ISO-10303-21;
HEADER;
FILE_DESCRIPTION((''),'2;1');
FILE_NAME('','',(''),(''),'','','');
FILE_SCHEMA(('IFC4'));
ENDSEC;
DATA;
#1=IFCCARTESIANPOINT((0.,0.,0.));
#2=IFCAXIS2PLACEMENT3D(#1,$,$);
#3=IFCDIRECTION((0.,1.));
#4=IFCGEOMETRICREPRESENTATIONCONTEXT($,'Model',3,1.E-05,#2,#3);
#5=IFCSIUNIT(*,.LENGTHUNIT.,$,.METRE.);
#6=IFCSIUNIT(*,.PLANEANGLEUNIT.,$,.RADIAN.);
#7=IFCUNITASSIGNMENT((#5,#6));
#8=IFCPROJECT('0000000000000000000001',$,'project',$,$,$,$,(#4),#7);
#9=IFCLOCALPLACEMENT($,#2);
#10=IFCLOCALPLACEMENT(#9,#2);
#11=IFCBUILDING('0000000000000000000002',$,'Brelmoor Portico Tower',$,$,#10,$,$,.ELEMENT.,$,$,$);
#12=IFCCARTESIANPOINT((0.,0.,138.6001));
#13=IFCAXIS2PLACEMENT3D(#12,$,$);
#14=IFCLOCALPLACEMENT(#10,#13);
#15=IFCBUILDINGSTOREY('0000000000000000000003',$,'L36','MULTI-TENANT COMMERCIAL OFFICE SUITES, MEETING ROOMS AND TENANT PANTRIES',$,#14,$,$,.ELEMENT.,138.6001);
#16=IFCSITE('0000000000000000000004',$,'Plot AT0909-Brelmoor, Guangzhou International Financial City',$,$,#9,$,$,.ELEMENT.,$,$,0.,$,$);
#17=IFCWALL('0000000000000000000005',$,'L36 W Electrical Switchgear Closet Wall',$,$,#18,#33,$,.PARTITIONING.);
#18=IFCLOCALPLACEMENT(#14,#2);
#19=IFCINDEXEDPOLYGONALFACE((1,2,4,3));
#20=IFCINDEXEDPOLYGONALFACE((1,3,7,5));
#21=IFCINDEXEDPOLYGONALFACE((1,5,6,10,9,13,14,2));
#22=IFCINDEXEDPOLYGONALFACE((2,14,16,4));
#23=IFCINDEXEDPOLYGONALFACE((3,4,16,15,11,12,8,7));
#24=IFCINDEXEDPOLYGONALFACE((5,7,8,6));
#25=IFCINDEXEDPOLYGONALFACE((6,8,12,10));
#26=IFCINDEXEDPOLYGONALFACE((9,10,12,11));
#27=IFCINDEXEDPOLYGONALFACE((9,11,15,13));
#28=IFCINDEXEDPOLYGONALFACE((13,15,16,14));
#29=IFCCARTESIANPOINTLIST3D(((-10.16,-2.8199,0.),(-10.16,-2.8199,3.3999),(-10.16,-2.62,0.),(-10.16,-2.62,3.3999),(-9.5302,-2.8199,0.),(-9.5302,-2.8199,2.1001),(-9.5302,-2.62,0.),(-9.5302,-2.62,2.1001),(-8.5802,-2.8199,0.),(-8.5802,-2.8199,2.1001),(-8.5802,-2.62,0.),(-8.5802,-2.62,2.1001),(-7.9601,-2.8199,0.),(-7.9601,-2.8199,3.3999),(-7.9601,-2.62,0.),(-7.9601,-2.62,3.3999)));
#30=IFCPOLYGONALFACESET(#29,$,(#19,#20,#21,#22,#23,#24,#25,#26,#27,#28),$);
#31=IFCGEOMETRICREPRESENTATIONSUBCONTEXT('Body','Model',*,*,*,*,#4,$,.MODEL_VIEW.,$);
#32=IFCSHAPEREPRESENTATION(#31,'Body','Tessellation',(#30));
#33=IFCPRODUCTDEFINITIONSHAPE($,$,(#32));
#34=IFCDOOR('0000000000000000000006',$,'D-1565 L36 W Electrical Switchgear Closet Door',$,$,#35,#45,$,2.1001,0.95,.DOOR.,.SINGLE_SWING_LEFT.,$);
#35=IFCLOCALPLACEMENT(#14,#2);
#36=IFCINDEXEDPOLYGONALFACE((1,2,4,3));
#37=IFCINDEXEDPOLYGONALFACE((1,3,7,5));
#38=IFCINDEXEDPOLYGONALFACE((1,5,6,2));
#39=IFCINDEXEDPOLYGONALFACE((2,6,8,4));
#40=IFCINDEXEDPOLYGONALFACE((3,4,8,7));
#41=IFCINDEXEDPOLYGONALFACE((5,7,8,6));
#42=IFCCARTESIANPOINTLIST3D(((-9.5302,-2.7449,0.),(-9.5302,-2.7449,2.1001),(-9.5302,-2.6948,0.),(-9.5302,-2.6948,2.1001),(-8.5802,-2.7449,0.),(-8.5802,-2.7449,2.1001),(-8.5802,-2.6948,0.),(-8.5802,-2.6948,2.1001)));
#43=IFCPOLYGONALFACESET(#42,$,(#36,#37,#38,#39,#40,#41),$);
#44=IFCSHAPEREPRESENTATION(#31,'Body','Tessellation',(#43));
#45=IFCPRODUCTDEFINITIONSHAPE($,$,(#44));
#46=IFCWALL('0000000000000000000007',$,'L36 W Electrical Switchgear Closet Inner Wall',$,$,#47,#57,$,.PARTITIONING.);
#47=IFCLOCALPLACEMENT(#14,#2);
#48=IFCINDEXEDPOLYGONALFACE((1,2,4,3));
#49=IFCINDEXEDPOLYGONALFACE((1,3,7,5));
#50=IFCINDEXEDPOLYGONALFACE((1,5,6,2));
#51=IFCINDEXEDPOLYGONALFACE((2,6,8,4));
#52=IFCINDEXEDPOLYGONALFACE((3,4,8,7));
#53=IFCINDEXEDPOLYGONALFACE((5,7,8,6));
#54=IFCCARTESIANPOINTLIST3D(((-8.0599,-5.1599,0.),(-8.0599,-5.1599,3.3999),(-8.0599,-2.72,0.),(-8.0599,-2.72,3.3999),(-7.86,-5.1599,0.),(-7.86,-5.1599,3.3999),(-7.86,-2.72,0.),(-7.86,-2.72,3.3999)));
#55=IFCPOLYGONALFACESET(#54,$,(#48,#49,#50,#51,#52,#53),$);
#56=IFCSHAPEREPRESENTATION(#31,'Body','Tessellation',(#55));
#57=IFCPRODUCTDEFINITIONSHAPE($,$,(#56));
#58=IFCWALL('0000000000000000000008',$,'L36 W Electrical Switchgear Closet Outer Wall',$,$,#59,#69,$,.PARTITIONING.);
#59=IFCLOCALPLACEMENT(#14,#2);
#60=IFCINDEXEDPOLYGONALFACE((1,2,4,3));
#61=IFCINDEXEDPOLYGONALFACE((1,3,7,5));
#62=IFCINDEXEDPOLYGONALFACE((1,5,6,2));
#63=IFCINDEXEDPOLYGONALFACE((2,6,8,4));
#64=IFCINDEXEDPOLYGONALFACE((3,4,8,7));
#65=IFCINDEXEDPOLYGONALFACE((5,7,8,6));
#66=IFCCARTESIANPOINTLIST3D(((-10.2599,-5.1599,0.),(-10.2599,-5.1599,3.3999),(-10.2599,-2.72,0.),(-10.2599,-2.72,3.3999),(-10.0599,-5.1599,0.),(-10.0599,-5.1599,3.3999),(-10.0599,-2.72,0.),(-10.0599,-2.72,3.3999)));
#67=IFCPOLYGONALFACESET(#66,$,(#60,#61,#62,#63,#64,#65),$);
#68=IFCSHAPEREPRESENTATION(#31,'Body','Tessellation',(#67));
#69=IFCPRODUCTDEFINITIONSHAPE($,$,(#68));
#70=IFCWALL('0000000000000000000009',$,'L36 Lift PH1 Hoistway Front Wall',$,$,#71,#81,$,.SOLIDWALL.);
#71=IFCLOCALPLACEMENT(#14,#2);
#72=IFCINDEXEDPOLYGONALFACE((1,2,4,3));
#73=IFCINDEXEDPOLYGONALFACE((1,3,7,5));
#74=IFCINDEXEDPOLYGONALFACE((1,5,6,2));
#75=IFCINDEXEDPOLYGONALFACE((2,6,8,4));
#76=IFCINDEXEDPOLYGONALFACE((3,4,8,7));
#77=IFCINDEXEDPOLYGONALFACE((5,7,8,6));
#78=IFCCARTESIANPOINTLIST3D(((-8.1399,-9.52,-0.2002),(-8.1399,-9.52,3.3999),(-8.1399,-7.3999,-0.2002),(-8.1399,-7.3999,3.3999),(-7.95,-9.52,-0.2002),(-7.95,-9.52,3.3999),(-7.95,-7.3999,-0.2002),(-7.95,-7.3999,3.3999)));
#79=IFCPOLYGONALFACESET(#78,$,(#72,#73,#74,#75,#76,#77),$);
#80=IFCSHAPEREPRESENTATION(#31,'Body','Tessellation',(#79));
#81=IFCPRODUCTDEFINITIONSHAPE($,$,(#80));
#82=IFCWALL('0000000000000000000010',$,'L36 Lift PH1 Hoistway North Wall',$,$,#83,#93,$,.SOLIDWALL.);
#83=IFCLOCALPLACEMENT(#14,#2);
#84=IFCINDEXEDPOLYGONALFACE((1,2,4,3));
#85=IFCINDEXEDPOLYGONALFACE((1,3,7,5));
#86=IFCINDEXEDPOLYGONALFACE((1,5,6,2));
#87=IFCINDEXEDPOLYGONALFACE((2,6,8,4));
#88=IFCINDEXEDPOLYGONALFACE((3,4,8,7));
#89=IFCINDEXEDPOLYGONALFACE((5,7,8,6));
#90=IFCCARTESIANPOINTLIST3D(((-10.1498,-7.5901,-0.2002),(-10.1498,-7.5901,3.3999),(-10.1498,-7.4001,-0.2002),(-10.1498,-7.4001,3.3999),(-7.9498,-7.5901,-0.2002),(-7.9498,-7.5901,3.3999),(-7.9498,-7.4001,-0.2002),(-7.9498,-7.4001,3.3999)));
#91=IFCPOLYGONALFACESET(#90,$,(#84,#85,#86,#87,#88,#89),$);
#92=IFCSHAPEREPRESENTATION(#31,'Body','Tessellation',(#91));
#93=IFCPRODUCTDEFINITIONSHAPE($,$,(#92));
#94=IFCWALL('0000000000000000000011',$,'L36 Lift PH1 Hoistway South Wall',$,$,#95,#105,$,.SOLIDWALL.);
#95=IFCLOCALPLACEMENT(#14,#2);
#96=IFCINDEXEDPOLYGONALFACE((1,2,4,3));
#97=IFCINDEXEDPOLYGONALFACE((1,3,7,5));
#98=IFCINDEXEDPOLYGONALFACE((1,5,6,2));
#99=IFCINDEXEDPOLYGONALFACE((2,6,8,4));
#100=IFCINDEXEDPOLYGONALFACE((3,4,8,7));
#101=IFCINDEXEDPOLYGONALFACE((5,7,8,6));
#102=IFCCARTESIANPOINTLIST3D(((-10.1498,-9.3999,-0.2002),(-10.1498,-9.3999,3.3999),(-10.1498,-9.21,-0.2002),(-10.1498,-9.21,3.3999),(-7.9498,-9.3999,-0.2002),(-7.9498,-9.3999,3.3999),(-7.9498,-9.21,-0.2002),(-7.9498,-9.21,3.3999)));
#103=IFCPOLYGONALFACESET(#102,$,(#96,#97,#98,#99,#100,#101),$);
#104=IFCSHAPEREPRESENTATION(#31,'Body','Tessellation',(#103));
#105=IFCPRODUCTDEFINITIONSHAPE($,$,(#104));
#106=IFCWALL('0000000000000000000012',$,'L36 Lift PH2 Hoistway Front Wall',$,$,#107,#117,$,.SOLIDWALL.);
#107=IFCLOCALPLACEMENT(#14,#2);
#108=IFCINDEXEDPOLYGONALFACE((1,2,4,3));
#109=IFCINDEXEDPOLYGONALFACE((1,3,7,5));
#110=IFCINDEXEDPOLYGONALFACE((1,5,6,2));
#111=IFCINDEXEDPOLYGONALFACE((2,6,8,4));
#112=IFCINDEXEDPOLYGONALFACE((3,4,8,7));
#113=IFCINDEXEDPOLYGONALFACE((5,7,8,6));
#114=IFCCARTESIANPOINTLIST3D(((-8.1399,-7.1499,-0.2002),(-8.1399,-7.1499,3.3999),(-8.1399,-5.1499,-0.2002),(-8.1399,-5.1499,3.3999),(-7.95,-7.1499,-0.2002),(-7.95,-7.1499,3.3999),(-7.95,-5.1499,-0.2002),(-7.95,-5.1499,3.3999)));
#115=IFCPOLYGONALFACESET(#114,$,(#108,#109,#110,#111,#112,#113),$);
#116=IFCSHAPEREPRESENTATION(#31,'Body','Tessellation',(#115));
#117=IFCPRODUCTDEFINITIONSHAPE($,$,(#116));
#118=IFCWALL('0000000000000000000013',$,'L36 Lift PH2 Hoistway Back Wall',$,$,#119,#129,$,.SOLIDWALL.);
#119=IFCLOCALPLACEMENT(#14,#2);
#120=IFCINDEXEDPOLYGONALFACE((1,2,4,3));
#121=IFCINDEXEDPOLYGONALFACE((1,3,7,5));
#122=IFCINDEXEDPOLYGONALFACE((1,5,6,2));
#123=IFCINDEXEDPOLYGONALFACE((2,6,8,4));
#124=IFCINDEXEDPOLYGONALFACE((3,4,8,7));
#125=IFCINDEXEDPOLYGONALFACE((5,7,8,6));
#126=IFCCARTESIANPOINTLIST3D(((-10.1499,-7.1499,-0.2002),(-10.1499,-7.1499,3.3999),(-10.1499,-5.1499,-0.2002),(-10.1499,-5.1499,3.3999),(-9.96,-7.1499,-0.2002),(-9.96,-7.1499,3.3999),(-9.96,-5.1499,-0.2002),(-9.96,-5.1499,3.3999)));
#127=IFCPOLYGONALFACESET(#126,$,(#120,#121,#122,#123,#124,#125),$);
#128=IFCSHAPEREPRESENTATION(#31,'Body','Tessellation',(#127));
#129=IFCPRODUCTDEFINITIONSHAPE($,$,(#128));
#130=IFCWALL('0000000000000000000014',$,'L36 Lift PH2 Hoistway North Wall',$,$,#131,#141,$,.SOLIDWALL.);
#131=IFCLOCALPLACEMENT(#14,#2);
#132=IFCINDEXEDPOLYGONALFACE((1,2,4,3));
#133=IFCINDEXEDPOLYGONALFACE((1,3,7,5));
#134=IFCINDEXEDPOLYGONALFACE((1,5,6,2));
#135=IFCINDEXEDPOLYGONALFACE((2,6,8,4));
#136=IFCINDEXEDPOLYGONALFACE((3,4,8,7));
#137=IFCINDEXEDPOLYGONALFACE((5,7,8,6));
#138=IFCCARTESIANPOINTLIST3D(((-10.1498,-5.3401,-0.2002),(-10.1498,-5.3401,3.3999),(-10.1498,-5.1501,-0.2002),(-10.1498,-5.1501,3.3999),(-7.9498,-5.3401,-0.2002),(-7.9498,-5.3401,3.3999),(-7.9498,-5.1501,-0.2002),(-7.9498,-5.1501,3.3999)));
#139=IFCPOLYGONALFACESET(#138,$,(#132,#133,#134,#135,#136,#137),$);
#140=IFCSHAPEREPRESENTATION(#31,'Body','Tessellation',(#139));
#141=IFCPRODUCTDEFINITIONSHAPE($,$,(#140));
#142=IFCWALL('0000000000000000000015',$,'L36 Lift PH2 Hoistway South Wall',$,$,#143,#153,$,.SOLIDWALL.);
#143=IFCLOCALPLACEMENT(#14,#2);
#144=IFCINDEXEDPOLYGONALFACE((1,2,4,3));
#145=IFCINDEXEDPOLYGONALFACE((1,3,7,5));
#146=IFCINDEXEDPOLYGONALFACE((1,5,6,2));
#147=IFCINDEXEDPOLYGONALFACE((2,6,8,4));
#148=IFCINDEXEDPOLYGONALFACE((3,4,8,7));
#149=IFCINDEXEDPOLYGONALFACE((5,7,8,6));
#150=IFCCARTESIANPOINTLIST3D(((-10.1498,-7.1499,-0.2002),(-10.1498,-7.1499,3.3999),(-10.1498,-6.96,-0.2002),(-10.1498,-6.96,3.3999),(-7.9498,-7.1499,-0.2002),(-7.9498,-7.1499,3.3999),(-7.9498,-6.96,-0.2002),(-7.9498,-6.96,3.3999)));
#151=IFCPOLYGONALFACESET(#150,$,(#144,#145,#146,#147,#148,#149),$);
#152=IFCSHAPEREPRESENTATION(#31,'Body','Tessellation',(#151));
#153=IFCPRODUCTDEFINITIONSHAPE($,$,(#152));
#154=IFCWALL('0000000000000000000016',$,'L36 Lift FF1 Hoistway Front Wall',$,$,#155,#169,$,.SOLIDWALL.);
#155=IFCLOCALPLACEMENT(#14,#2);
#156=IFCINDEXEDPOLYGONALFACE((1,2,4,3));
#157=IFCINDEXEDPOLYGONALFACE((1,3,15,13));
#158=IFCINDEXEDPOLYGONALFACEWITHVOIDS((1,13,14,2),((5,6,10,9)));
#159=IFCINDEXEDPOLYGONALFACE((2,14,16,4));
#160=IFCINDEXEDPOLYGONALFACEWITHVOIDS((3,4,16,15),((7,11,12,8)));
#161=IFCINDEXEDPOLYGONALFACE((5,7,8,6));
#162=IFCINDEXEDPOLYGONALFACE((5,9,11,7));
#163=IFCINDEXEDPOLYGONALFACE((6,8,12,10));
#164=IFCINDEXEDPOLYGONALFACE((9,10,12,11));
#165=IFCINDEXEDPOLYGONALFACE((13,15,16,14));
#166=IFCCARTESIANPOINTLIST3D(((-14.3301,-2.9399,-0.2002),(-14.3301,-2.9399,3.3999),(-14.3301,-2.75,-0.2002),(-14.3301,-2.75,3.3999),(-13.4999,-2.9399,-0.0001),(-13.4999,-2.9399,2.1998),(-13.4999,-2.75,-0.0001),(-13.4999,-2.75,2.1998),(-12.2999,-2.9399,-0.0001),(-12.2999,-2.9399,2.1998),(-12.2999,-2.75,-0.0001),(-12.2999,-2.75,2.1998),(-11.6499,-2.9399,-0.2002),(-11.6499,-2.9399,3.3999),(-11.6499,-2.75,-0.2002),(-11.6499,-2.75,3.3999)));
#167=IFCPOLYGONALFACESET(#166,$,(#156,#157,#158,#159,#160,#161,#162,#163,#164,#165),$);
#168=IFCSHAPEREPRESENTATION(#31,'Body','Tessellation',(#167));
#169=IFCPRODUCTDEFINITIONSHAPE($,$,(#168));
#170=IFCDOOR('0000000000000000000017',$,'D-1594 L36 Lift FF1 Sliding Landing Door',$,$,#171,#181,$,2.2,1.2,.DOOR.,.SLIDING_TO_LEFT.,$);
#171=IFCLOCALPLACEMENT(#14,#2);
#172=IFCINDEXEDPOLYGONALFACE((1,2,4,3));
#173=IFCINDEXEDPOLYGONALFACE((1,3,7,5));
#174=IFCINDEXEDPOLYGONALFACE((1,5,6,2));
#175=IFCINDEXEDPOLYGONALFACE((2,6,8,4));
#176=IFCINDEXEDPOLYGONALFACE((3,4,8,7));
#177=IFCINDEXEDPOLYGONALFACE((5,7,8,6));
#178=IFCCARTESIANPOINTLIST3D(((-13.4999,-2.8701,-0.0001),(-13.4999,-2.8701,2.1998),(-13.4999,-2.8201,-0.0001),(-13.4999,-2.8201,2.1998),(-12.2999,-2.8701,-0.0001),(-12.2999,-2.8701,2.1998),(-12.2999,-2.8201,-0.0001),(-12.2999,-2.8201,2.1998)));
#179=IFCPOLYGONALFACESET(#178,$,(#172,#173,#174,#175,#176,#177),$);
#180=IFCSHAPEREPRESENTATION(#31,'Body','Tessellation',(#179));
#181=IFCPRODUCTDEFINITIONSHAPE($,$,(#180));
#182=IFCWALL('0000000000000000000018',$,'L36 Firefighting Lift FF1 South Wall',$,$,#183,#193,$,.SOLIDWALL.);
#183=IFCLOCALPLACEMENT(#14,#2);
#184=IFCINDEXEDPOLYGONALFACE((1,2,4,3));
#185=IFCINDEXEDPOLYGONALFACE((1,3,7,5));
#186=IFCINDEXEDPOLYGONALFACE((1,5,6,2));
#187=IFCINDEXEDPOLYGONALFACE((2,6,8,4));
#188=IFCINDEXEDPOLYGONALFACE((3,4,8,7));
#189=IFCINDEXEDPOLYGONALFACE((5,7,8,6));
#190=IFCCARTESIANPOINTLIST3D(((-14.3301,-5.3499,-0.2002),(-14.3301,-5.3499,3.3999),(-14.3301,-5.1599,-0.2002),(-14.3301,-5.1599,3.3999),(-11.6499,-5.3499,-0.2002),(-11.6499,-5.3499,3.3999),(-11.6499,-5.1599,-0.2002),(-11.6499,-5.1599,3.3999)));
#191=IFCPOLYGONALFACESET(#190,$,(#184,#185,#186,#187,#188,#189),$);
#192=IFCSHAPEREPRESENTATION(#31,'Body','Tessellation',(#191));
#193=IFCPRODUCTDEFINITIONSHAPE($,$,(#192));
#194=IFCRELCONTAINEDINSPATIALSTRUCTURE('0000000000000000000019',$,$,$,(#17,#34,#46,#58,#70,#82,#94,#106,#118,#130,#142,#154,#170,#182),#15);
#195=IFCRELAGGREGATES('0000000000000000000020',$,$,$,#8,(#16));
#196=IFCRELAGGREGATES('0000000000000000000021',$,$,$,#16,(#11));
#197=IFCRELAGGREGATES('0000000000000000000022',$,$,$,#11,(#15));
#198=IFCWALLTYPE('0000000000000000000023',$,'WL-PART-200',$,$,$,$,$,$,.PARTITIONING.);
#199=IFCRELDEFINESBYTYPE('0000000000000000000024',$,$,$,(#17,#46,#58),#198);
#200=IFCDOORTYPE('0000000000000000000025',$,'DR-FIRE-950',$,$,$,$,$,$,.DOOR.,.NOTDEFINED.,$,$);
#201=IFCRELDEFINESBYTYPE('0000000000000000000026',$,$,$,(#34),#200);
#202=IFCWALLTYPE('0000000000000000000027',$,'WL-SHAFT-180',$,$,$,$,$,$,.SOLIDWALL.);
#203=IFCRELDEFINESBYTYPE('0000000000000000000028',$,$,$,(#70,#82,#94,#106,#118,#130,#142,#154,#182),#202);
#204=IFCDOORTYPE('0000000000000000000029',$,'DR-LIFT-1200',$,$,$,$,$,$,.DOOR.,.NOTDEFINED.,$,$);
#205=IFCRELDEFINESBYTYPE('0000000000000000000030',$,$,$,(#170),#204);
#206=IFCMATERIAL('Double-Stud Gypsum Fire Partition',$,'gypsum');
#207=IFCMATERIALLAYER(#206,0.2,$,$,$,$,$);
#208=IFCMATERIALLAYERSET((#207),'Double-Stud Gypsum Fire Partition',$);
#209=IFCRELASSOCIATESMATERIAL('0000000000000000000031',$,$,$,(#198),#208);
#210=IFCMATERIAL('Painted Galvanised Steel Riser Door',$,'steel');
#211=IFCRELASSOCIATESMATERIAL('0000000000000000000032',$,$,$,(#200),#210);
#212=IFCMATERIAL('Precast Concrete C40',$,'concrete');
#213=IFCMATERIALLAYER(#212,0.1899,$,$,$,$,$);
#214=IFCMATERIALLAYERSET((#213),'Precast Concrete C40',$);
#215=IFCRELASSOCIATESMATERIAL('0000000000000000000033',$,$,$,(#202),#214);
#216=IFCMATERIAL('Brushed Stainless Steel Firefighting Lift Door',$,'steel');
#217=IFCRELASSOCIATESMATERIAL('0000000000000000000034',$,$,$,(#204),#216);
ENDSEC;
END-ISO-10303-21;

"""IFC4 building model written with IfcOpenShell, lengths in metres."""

from ifc_helpers import new_model, si_unit, direction, frame, frame_2d, origin, place, context, subcontext, project, spatial, rectangle, extrude, material, layer, layer_set, type_object, element, fill, save


model = new_model("IFC4")

# Units and contexts
model_context = context("Model", 3, precision=1e-05, world=origin(), true_north=direction((0.0, 1.0)))
body_context = subcontext(model_context, "Body", "Model", "MODEL_VIEW")
ifc_project = project(units=[si_unit("LENGTHUNIT", "METRE"), si_unit("PLANEANGLEUNIT", "RADIAN")], contexts=[model_context])

# Site, building, storey
site_placement = place(None, origin())
site = spatial("IfcSite", under=ifc_project, at=site_placement, Name="Plot AT0909-Brelmoor, Guangzhou International Financial City", CompositionType="ELEMENT", RefElevation=0.0)
building_placement = place(site_placement, origin())
building = spatial("IfcBuilding", under=site, at=building_placement, Name="Brelmoor Portico Tower", CompositionType="ELEMENT")
storey_placement = place(building_placement, frame((0.0, 0.0, 138.6001)))
storey = spatial("IfcBuildingStorey", under=building, at=storey_placement, Name="L36", Description="MULTI-TENANT COMMERCIAL OFFICE SUITES, MEETING ROOMS AND TENANT PANTRIES", CompositionType="ELEMENT", Elevation=138.6001)

# Shared definitions
ifc_material_1 = material(Name="Double-Stud Gypsum Fire Partition", Category="gypsum")
ifc_layer_1 = layer(ifc_material_1, 0.2)
ifc_layer_set_1 = layer_set([ifc_layer_1], Name="Double-Stud Gypsum Fire Partition")
wall_type_1 = type_object("IfcWallType", Name="WL-PART-200", PredefinedType="PARTITIONING", material=ifc_layer_set_1)

# Wall, opening, door
wall_1_placement = place(storey_placement, frame((-7.96, -2.72, 0.0), z_axis=(0.0, 0.0, 1.0), x_axis=(-1.0, 0.0, 0.0)))
wall_1 = element("IfcWall", 1, at=wall_1_placement, inside=storey, type_object=wall_type_1, Name="L36 W Electrical Switchgear Closet Wall", PredefinedType="PARTITIONING", context=body_context, shape_type="SweptSolid", body=[
    extrude(rectangle(XDim=2.2, YDim=0.2, at=frame_2d((1.1001, 0.0))), origin(), (0.0, 0.0, 1.0), 3.3999),
])
opening_1_placement = place(wall_1_placement, frame((0.6201, 0.0, 0.0)))
opening_1 = element("IfcOpeningElement", 2, at=opening_1_placement, cuts=wall_1, PredefinedType="OPENING", context=body_context, shape_type="SweptSolid", body=[
    extrude(rectangle(XDim=0.95, YDim=2.1001, at=frame_2d((0.4751, 1.05))), frame((0.0, 0.1099, 0.0), z_axis=(0.0, -1.0, 0.0), x_axis=(1.0, 0.0, 0.0)), (0.0, 0.0, 1.0), 0.22),
])
ifc_material_2 = material(Name="Painted Galvanised Steel Riser Door", Category="steel")
door_type_1 = type_object("IfcDoorType", Name="DR-FIRE-950", OperationType="NOTDEFINED", PredefinedType="DOOR", material=ifc_material_2)
door_1_placement = place(opening_1_placement, origin())
door_1 = element("IfcDoor", 3, at=door_1_placement, inside=storey, type_object=door_type_1, Name="D-1565 L36 W Electrical Switchgear Closet Door", OperationType="SINGLE_SWING_LEFT", OverallHeight=2.1001, OverallWidth=0.95, PredefinedType="DOOR", context=body_context, shape_type="SweptSolid", body=[
    extrude(rectangle(XDim=0.95, YDim=2.1001, at=frame_2d((0.4751, 1.05))), frame((0.0, 0.0249, 0.0), z_axis=(0.0, -1.0, 0.0), x_axis=(1.0, 0.0, 0.0)), (0.0, 0.0, 1.0), 0.05),
])
fill(opening_1, door_1)

# Walls
for number, where, z_axis, x_axis, name in (
    (4, (-7.96, -5.1599, 0.0), (0.0, 0.0, 1.0), (0.0, 1.0, 0.0), "L36 W Electrical Switchgear Closet Inner Wall"),
    (5, (-10.1599, -5.1599, 0.0), (0.0, 0.0, 1.0), (0.0, 1.0, 0.0), "L36 W Electrical Switchgear Closet Outer Wall"),
):
    element("IfcWall", number, at=place(storey_placement, frame(where, z_axis=z_axis, x_axis=x_axis)), inside=storey, type_object=wall_type_1, Name=name, PredefinedType="PARTITIONING", context=body_context, shape_type="SweptSolid", body=[
        extrude(rectangle(XDim=2.4399, YDim=0.2, at=frame_2d((1.22, 0.0))), origin(), (0.0, 0.0, 1.0), 3.3999),
    ])
ifc_material_3 = material(Name="Precast Concrete C40", Category="concrete")
ifc_layer_2 = layer(ifc_material_3, 0.1899)
ifc_layer_set_2 = layer_set([ifc_layer_2], Name="Precast Concrete C40")
wall_type_2 = type_object("IfcWallType", Name="WL-SHAFT-180", PredefinedType="SOLIDWALL", material=ifc_layer_set_2)
wall_2_placement = place(storey_placement, frame((-8.0449, -9.52, -0.2002), z_axis=(0.0, 0.0, 1.0), x_axis=(0.0, 1.0, 0.0)))
element("IfcWall", 6, at=wall_2_placement, inside=storey, type_object=wall_type_2, Name="L36 Lift PH1 Hoistway Front Wall", PredefinedType="SOLIDWALL", context=body_context, shape_type="SweptSolid", body=[
    extrude(rectangle(XDim=2.1201, YDim=0.1899, at=frame_2d((1.0601, 0.0))), origin(), (0.0, 0.0, 1.0), 3.6001),
])
for number, where, z_axis, x_axis, name in (
    (7, (-10.1499, -7.4951, -0.2002), (0.0, 0.0, 1.0), (1.0, 0.0, 0.0), "L36 Lift PH1 Hoistway North Wall"),
    (8, (-10.1499, -9.3049, -0.2002), (0.0, 0.0, 1.0), (1.0, 0.0, 0.0), "L36 Lift PH1 Hoistway South Wall"),
):
    element("IfcWall", number, at=place(storey_placement, frame(where, z_axis=z_axis, x_axis=x_axis)), inside=storey, type_object=wall_type_2, Name=name, PredefinedType="SOLIDWALL", context=body_context, shape_type="SweptSolid", body=[
        extrude(rectangle(XDim=2.2, YDim=0.1899, at=frame_2d((1.1001, 0.0))), origin(), (0.0, 0.0, 1.0), 3.6001),
    ])
for number, where, z_axis, x_axis, name in (
    (9, (-8.0449, -7.1499, -0.2002), (0.0, 0.0, 1.0), (0.0, 1.0, 0.0), "L36 Lift PH2 Hoistway Front Wall"),
    (10, (-10.0549, -7.1499, -0.2002), (0.0, 0.0, 1.0), (0.0, 1.0, 0.0), "L36 Lift PH2 Hoistway Back Wall"),
):
    element("IfcWall", number, at=place(storey_placement, frame(where, z_axis=z_axis, x_axis=x_axis)), inside=storey, type_object=wall_type_2, Name=name, PredefinedType="SOLIDWALL", context=body_context, shape_type="SweptSolid", body=[
        extrude(rectangle(XDim=2.0, YDim=0.1899, at=frame_2d((1.0, 0.0))), origin(), (0.0, 0.0, 1.0), 3.6001),
    ])
for number, where, z_axis, x_axis, name in (
    (11, (-10.1499, -5.2451, -0.2002), (0.0, 0.0, 1.0), (1.0, 0.0, 0.0), "L36 Lift PH2 Hoistway North Wall"),
    (12, (-10.1499, -7.0549, -0.2002), (0.0, 0.0, 1.0), (1.0, 0.0, 0.0), "L36 Lift PH2 Hoistway South Wall"),
):
    element("IfcWall", number, at=place(storey_placement, frame(where, z_axis=z_axis, x_axis=x_axis)), inside=storey, type_object=wall_type_2, Name=name, PredefinedType="SOLIDWALL", context=body_context, shape_type="SweptSolid", body=[
        extrude(rectangle(XDim=2.2, YDim=0.1899, at=frame_2d((1.1001, 0.0))), origin(), (0.0, 0.0, 1.0), 3.6001),
    ])

# Wall, opening, door
wall_3_placement = place(storey_placement, frame((-14.3301, -2.845, -0.2002), z_axis=(0.0, 0.0, 1.0), x_axis=(1.0, 0.0, 0.0)))
wall_3 = element("IfcWall", 13, at=wall_3_placement, inside=storey, type_object=wall_type_2, Name="L36 Lift FF1 Hoistway Front Wall", PredefinedType="SOLIDWALL", context=body_context, shape_type="SweptSolid", body=[
    extrude(rectangle(XDim=2.6802, YDim=0.1899, at=frame_2d((1.3401, 0.0))), origin(), (0.0, 0.0, 1.0), 3.6001),
])
opening_2_placement = place(wall_3_placement, frame((0.8301, 0.0, 0.2)))
opening_2 = element("IfcOpeningElement", 14, at=opening_2_placement, cuts=wall_3, PredefinedType="OPENING", context=body_context, shape_type="SweptSolid", body=[
    extrude(rectangle(XDim=1.2, YDim=2.2, at=frame_2d((0.6001, 1.1001))), frame((0.0, 0.105, 0.0), z_axis=(0.0, -1.0, 0.0), x_axis=(1.0, 0.0, 0.0)), (0.0, 0.0, 1.0), 0.21),
])
ifc_material_4 = material(Name="Brushed Stainless Steel Firefighting Lift Door", Category="steel")
door_type_2 = type_object("IfcDoorType", Name="DR-LIFT-1200", OperationType="NOTDEFINED", PredefinedType="DOOR", material=ifc_material_4)
door_2_placement = place(opening_2_placement, origin())
door_2 = element("IfcDoor", 15, at=door_2_placement, inside=storey, type_object=door_type_2, Name="D-1594 L36 Lift FF1 Sliding Landing Door", OperationType="SLIDING_TO_LEFT", OverallHeight=2.2, OverallWidth=1.2, PredefinedType="DOOR", context=body_context, shape_type="SweptSolid", body=[
    extrude(rectangle(XDim=1.2, YDim=2.2, at=frame_2d((0.6001, 1.1001))), frame((0.0, 0.0249, 0.0), z_axis=(0.0, -1.0, 0.0), x_axis=(1.0, 0.0, 0.0)), (0.0, 0.0, 1.0), 0.05),
])
fill(opening_2, door_2)

# Wall
wall_4_placement = place(storey_placement, frame((-14.3301, -5.2549, -0.2002), z_axis=(0.0, 0.0, 1.0), x_axis=(1.0, 0.0, 0.0)))
element("IfcWall", 16, at=wall_4_placement, inside=storey, type_object=wall_type_2, Name="L36 Firefighting Lift FF1 South Wall", PredefinedType="SOLIDWALL", context=body_context, shape_type="SweptSolid", body=[
    extrude(rectangle(XDim=2.6802, YDim=0.1899, at=frame_2d((1.3401, 0.0))), origin(), (0.0, 0.0, 1.0), 3.6001),
])

save(model, "model.ifc")
